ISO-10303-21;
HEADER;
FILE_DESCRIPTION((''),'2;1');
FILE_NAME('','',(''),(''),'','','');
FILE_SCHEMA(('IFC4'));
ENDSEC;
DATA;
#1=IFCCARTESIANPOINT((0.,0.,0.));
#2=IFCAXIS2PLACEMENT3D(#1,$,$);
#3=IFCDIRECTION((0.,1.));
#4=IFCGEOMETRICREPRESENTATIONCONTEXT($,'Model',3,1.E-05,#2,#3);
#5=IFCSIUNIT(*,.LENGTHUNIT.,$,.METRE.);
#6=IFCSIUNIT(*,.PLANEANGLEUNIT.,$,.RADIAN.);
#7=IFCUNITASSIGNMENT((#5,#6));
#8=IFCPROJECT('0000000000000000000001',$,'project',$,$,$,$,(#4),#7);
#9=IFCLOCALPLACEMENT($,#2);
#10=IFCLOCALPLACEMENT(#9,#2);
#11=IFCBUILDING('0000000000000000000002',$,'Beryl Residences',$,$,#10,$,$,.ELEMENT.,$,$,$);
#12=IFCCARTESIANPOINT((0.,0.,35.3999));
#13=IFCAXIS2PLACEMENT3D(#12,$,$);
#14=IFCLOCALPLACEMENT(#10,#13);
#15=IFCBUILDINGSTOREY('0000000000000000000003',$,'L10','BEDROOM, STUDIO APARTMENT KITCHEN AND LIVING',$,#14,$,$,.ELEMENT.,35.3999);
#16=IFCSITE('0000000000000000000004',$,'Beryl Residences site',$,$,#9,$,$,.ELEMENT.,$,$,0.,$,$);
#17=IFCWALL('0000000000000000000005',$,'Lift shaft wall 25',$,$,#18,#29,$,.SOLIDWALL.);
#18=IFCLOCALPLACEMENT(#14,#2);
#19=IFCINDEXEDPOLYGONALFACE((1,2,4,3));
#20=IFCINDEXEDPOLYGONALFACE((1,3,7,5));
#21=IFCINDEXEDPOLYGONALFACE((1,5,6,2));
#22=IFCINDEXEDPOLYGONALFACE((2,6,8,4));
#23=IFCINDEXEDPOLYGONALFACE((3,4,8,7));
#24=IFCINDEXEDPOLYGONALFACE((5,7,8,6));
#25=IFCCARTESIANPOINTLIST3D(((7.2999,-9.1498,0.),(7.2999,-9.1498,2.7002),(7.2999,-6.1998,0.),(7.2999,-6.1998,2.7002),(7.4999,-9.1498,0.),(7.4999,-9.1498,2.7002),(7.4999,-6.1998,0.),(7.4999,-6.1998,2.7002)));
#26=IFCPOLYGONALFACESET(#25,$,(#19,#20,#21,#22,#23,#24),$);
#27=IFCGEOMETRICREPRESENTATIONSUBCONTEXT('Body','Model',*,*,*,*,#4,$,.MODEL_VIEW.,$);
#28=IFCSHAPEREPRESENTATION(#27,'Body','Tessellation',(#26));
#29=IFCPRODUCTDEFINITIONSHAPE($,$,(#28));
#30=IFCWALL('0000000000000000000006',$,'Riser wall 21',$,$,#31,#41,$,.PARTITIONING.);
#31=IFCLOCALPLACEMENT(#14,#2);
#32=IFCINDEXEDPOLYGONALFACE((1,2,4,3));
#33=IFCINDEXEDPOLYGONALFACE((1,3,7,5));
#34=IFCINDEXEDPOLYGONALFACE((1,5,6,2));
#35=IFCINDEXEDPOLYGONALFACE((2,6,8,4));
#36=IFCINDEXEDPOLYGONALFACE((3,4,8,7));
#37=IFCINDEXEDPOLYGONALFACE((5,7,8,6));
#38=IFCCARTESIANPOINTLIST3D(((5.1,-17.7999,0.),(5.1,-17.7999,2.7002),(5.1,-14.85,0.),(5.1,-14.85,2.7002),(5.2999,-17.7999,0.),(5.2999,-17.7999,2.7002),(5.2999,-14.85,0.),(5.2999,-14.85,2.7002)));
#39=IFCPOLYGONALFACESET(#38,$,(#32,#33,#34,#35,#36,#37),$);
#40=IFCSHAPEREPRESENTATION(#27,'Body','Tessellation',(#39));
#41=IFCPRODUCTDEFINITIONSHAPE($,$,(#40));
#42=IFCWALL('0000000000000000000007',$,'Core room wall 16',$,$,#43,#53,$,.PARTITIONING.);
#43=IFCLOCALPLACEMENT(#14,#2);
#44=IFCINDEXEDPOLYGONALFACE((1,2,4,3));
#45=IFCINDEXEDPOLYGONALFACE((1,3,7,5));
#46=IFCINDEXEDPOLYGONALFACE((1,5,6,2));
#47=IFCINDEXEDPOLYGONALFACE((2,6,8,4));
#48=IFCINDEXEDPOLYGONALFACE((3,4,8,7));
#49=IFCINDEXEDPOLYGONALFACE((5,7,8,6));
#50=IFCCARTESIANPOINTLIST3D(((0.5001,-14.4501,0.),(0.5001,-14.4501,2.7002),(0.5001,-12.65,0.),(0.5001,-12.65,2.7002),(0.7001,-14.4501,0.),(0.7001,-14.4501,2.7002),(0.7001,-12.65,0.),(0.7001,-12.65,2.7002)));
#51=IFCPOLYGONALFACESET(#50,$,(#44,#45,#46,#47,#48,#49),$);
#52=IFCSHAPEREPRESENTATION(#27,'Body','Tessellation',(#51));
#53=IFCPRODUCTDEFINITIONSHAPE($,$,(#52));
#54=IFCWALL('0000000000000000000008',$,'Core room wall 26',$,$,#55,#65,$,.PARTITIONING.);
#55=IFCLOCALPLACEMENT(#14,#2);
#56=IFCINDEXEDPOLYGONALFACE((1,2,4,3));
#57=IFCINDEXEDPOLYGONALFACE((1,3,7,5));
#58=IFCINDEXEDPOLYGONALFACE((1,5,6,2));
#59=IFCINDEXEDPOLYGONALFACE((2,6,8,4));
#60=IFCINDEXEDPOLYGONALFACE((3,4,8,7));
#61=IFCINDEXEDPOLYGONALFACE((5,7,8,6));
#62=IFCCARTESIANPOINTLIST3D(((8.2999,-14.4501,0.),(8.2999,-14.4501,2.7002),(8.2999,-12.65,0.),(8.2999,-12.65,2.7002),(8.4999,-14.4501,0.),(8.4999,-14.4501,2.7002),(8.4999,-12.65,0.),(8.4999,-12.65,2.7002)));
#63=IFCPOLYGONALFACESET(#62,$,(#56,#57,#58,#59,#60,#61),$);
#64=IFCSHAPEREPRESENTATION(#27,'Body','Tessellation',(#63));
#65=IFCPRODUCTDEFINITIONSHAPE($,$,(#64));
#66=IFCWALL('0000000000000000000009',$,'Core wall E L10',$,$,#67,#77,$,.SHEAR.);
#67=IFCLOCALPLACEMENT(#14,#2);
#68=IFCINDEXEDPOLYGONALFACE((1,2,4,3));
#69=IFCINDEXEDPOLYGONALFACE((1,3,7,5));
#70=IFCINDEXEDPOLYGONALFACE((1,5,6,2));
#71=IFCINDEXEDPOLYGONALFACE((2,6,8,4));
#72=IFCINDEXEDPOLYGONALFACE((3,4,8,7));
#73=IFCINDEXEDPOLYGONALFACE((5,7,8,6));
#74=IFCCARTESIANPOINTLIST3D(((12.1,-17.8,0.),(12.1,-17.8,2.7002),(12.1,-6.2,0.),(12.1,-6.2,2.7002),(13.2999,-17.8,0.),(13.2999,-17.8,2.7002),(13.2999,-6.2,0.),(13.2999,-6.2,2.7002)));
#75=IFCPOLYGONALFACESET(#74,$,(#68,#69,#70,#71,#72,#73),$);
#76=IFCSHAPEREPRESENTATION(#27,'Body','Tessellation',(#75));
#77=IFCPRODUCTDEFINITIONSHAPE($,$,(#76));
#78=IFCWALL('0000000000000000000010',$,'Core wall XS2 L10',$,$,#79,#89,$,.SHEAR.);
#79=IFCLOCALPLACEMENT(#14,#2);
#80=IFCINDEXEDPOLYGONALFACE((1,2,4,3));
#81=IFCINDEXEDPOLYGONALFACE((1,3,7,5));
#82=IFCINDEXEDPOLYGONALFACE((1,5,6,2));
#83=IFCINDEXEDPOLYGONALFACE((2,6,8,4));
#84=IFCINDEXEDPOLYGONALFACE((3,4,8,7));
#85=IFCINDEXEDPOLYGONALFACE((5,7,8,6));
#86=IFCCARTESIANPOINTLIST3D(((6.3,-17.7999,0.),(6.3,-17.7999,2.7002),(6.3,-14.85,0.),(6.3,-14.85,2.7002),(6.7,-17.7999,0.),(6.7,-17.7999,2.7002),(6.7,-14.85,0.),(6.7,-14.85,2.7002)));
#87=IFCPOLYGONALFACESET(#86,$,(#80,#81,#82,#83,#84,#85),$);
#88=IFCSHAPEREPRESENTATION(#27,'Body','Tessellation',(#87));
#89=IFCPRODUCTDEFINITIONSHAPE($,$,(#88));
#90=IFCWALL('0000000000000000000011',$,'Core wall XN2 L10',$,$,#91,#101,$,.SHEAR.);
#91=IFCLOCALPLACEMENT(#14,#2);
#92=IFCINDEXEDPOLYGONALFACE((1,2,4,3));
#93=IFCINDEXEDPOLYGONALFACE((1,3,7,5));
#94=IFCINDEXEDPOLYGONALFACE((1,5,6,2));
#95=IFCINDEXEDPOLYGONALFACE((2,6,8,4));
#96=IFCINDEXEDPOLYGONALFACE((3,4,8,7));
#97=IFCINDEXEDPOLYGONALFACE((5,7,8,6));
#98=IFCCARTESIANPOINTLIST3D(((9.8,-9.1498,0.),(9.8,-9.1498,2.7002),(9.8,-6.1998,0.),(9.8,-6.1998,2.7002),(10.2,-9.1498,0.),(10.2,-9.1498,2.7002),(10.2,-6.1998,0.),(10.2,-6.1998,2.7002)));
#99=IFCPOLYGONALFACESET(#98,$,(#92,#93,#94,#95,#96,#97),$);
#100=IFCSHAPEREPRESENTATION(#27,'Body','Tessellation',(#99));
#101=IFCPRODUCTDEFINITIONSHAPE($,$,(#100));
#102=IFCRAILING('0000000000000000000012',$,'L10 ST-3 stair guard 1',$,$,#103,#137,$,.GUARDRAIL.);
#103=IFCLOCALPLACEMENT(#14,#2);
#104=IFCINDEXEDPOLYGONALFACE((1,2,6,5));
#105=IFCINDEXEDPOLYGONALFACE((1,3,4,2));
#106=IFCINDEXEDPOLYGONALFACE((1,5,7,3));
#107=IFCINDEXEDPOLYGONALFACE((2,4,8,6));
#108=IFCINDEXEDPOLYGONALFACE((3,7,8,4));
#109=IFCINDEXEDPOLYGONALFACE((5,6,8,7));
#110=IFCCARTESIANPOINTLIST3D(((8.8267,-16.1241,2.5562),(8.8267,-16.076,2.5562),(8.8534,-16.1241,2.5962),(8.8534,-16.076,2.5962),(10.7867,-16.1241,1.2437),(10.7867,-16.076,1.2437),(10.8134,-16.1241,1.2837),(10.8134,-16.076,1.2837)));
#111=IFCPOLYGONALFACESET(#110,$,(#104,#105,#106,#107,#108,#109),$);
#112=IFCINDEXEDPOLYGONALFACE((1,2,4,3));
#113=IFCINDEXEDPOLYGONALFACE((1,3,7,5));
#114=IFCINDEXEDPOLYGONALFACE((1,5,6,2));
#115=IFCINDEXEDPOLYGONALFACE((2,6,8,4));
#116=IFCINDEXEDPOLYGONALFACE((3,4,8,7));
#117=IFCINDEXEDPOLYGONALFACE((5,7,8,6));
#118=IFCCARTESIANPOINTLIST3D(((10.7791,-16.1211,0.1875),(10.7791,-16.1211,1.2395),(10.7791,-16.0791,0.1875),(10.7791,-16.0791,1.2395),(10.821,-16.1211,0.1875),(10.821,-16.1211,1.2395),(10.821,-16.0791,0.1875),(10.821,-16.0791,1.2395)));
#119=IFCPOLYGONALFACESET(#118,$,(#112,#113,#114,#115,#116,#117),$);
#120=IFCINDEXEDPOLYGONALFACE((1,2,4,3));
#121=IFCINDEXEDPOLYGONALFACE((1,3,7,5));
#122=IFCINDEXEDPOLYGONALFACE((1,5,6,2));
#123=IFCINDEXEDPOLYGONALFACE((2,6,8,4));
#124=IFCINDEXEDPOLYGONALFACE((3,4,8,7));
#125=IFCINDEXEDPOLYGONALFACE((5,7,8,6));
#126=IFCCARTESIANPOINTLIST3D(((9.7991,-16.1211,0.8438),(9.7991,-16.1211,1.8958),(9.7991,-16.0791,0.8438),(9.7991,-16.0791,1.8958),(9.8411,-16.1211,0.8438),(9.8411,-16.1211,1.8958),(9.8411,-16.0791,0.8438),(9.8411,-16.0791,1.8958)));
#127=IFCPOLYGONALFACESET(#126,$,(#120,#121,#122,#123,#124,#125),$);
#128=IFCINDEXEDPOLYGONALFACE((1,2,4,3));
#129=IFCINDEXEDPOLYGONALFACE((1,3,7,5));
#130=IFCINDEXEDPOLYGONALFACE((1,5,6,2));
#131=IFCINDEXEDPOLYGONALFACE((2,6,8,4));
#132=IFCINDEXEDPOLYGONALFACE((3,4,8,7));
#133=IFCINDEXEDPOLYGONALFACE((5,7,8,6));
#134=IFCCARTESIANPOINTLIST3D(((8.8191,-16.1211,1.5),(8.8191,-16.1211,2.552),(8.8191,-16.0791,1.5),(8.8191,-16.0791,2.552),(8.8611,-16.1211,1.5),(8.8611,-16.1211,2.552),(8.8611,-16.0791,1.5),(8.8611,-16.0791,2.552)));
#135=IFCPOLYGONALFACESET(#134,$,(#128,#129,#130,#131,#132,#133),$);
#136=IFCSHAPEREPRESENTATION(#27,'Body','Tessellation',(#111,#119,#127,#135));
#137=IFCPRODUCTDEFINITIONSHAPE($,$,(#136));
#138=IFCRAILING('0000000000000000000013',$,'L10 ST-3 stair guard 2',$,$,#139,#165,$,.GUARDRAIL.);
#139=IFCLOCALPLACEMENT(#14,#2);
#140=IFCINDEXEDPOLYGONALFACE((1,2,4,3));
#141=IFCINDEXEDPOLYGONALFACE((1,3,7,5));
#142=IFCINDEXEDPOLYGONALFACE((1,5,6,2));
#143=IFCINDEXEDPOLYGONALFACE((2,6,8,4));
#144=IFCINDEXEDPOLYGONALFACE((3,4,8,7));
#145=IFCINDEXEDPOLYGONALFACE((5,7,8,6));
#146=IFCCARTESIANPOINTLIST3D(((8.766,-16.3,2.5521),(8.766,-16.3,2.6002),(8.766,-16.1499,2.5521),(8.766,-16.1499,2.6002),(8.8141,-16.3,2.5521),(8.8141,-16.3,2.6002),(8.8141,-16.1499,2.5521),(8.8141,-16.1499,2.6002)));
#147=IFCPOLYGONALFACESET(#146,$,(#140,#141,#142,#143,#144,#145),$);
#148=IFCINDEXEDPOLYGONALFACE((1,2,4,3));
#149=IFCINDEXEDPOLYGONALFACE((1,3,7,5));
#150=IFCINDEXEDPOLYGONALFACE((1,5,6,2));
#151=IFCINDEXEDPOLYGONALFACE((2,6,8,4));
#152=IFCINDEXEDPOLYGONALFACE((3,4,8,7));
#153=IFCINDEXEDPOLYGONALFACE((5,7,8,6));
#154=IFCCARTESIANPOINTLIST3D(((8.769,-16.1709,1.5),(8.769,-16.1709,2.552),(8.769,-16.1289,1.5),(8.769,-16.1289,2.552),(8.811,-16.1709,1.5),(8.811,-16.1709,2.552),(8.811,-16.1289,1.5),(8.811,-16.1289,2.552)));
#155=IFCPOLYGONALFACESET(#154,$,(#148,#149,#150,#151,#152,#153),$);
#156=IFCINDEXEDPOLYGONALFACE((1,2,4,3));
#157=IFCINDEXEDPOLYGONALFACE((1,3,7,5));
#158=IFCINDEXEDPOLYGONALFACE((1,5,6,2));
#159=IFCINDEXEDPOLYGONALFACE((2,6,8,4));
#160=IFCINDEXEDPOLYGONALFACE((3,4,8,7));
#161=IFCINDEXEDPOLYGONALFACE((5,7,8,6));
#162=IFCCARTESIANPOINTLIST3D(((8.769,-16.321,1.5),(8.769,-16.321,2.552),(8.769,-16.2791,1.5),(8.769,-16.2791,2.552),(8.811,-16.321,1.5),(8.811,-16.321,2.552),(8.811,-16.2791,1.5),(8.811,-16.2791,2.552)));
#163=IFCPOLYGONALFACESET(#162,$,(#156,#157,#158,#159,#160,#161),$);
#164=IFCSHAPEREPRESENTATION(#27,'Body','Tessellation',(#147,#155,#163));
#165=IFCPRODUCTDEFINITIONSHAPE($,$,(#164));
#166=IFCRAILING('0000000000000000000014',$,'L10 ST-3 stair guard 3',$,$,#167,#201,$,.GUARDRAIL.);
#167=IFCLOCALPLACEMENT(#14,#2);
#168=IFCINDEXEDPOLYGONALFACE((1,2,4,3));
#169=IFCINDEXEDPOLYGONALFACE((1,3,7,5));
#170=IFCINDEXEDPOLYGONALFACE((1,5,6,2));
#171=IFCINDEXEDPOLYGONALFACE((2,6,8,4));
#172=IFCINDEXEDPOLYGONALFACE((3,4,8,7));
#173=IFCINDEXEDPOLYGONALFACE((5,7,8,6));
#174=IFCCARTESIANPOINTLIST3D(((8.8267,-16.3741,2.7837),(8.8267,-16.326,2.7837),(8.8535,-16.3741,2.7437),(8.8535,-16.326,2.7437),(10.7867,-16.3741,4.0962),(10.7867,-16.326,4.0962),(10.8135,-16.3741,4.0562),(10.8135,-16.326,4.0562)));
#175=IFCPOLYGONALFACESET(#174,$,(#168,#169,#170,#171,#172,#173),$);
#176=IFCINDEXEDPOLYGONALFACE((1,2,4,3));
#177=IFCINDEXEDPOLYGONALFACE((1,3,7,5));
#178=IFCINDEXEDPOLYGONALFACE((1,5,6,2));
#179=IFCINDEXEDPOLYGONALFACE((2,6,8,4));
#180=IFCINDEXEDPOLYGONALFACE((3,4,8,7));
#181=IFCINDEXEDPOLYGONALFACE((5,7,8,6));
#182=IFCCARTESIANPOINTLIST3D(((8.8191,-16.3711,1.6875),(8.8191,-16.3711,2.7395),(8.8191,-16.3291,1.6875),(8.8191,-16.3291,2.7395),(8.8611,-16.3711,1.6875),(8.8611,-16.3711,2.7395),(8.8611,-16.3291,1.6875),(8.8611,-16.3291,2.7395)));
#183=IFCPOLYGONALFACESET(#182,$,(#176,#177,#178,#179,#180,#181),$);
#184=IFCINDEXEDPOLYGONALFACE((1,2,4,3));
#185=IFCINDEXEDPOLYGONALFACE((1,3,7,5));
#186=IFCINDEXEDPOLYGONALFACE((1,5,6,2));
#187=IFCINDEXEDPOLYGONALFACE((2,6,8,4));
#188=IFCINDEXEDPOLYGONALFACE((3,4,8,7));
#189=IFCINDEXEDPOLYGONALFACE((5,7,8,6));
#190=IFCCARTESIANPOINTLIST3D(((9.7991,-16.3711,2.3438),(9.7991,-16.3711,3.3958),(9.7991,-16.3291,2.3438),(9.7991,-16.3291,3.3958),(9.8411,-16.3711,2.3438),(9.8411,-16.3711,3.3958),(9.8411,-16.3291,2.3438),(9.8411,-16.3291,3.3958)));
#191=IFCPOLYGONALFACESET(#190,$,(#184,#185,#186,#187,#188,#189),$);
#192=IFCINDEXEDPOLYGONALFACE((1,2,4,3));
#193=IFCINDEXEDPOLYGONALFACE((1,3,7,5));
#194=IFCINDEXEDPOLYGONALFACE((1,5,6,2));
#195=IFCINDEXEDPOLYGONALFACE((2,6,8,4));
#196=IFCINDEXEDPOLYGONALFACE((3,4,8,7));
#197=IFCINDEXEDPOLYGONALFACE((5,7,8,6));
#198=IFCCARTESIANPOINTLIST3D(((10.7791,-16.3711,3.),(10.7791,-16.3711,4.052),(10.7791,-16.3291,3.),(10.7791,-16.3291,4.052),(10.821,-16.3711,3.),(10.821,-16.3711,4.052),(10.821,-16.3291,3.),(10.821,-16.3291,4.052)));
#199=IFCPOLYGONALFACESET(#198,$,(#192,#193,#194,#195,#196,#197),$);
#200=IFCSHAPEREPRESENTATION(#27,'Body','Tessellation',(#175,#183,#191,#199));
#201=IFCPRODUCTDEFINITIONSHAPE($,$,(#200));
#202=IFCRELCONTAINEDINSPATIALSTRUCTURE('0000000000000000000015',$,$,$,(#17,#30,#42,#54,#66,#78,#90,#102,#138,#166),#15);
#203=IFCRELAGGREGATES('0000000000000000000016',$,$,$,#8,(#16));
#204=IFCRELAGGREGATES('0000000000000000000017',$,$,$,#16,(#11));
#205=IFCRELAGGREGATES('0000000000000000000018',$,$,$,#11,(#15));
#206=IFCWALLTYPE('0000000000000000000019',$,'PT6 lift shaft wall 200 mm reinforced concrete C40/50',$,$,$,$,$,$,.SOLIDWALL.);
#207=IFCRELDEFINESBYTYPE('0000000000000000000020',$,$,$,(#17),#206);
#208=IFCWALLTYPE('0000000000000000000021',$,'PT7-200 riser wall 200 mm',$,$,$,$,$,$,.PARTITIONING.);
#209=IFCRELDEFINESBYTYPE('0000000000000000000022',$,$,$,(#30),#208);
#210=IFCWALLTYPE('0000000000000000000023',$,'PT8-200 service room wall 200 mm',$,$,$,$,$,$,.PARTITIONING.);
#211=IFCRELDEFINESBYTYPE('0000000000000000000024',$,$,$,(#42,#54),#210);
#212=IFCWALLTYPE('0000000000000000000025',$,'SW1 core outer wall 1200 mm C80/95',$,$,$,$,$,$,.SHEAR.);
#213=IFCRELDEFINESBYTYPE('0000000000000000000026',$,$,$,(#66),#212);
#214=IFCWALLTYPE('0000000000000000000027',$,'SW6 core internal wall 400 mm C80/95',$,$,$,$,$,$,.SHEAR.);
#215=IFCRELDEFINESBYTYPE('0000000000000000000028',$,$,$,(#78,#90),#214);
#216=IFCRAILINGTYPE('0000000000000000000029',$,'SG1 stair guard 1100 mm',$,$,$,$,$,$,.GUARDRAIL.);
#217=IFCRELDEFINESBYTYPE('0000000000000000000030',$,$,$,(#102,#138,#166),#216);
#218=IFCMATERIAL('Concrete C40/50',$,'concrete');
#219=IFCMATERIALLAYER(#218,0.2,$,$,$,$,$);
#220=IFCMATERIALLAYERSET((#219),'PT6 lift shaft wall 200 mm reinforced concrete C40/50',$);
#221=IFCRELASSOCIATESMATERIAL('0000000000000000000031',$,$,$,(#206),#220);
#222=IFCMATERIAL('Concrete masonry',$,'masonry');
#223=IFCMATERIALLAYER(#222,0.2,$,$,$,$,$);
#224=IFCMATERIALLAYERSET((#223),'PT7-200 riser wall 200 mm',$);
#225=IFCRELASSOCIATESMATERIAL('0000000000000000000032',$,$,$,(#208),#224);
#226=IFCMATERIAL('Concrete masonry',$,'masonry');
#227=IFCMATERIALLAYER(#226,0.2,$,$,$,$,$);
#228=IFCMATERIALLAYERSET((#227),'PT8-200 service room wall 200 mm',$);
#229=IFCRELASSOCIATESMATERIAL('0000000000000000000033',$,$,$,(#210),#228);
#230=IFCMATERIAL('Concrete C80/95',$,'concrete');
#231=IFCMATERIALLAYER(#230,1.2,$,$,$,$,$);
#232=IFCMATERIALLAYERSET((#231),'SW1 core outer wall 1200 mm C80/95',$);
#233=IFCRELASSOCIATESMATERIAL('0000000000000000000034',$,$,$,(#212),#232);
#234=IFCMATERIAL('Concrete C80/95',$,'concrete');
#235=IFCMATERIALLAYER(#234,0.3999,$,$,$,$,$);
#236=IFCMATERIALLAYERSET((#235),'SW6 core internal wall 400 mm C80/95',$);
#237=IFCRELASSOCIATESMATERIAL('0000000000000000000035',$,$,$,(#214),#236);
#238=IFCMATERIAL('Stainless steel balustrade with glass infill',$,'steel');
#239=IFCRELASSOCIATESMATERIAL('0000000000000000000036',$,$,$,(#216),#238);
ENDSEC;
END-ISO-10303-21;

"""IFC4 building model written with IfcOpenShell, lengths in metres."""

from ifc_helpers import new_model, si_unit, direction, frame, frame_2d, origin, origin_2d, place, context, subcontext, project, spatial, rectangle, extrude, material, layer, layer_set, type_object, element, save


model = new_model("IFC4")

# Units and contexts
model_context = context("Model", 3, precision=1e-05, world=origin(), true_north=direction((0.0, 1.0)))
body_context = subcontext(model_context, "Body", "Model", "MODEL_VIEW")
ifc_project = project(units=[si_unit("LENGTHUNIT", "METRE"), si_unit("PLANEANGLEUNIT", "RADIAN")], contexts=[model_context])

# Site, building, storey
site_placement = place(None, origin())
site = spatial("IfcSite", under=ifc_project, at=site_placement, Name="Beryl Residences site", CompositionType="ELEMENT", RefElevation=0.0)
building_placement = place(site_placement, origin())
building = spatial("IfcBuilding", under=site, at=building_placement, Name="Beryl Residences", CompositionType="ELEMENT")
storey_placement = place(building_placement, frame((0.0, 0.0, 35.3999)))
storey = spatial("IfcBuildingStorey", under=building, at=storey_placement, Name="L10", Description="BEDROOM, STUDIO APARTMENT KITCHEN AND LIVING", CompositionType="ELEMENT", Elevation=35.3999)

# Walls
ifc_material_1 = material(Name="Concrete C40/50", Category="concrete")
ifc_layer_1 = layer(ifc_material_1, 0.2)
ifc_layer_set_1 = layer_set([ifc_layer_1], Name="PT6 lift shaft wall 200 mm reinforced concrete C40/50")
wall_type_1 = type_object("IfcWallType", Name="PT6 lift shaft wall 200 mm reinforced concrete C40/50", PredefinedType="SOLIDWALL", material=ifc_layer_set_1)
for number, where, z_axis, x_axis, name in (
    (1, (7.3999, -9.1499, 0.0), (0.0, 0.0, 1.0), (0.0, 1.0, 0.0), "Lift shaft wall 25"),
):
    element("IfcWall", number, at=place(storey_placement, frame(where, z_axis=z_axis, x_axis=x_axis)), inside=storey, type_object=wall_type_1, Name=name, PredefinedType="SOLIDWALL", context=body_context, shape_type="SweptSolid", body=[
        extrude(rectangle(XDim=2.95, YDim=0.2, at=frame_2d((1.4751, 0.0))), origin(), (0.0, 0.0, 1.0), 2.7002),
    ])
ifc_material_2 = material(Name="Concrete masonry", Category="masonry")
ifc_layer_2 = layer(ifc_material_2, 0.2)
ifc_layer_set_2 = layer_set([ifc_layer_2], Name="PT7-200 riser wall 200 mm")
wall_type_2 = type_object("IfcWallType", Name="PT7-200 riser wall 200 mm", PredefinedType="PARTITIONING", material=ifc_layer_set_2)
wall_1_placement = place(storey_placement, frame((5.2, -17.8, 0.0), z_axis=(0.0, 0.0, 1.0), x_axis=(0.0, 1.0, 0.0)))
element("IfcWall", 2, at=wall_1_placement, inside=storey, type_object=wall_type_2, Name="Riser wall 21", PredefinedType="PARTITIONING", context=body_context, shape_type="SweptSolid", body=[
    extrude(rectangle(XDim=2.95, YDim=0.2, at=frame_2d((1.4751, 0.0))), origin(), (0.0, 0.0, 1.0), 2.7002),
])
ifc_material_3 = material(Name="Concrete masonry", Category="masonry")
ifc_layer_3 = layer(ifc_material_3, 0.2)
ifc_layer_set_3 = layer_set([ifc_layer_3], Name="PT8-200 service room wall 200 mm")
wall_type_3 = type_object("IfcWallType", Name="PT8-200 service room wall 200 mm", PredefinedType="PARTITIONING", material=ifc_layer_set_3)
for number, where, z_axis, x_axis, name in (
    (3, (0.6001, -14.45, 0.0), (0.0, 0.0, 1.0), (0.0, 1.0, 0.0), "Core room wall 16"),
    (4, (8.3999, -14.45, 0.0), (0.0, 0.0, 1.0), (0.0, 1.0, 0.0), "Core room wall 26"),
):
    element("IfcWall", number, at=place(storey_placement, frame(where, z_axis=z_axis, x_axis=x_axis)), inside=storey, type_object=wall_type_3, Name=name, PredefinedType="PARTITIONING", context=body_context, shape_type="SweptSolid", body=[
        extrude(rectangle(XDim=1.8, YDim=0.2, at=frame_2d((0.8999, 0.0))), origin(), (0.0, 0.0, 1.0), 2.7002),
    ])
ifc_material_4 = material(Name="Concrete C80/95", Category="concrete")
ifc_layer_4 = layer(ifc_material_4, 1.2)
ifc_layer_set_4 = layer_set([ifc_layer_4], Name="SW1 core outer wall 1200 mm C80/95")
wall_type_4 = type_object("IfcWallType", Name="SW1 core outer wall 1200 mm C80/95", PredefinedType="SHEAR", material=ifc_layer_set_4)
wall_2_placement = place(storey_placement, frame((12.7, -17.8, 0.0), z_axis=(0.0, 0.0, 1.0), x_axis=(0.0, 1.0, 0.0)))
element("IfcWall", 5, at=wall_2_placement, inside=storey, type_object=wall_type_4, Name="Core wall E L10", PredefinedType="SHEAR", context=body_context, shape_type="SweptSolid", body=[
    extrude(rectangle(XDim=11.6001, YDim=1.2, at=frame_2d((5.8, 0.0))), origin(), (0.0, 0.0, 1.0), 2.7002),
])
ifc_material_5 = material(Name="Concrete C80/95", Category="concrete")
ifc_layer_5 = layer(ifc_material_5, 0.3999)
ifc_layer_set_5 = layer_set([ifc_layer_5], Name="SW6 core internal wall 400 mm C80/95")
wall_type_5 = type_object("IfcWallType", Name="SW6 core internal wall 400 mm C80/95", PredefinedType="SHEAR", material=ifc_layer_set_5)
for number, where, z_axis, x_axis, name in (
    (6, (6.5, -17.8, 0.0), (0.0, 0.0, 1.0), (0.0, 1.0, 0.0), "Core wall XS2 L10"),
    (7, (10.0, -9.1499, 0.0), (0.0, 0.0, 1.0), (0.0, 1.0, 0.0), "Core wall XN2 L10"),
):
    element("IfcWall", number, at=place(storey_placement, frame(where, z_axis=z_axis, x_axis=x_axis)), inside=storey, type_object=wall_type_5, Name=name, PredefinedType="SHEAR", context=body_context, shape_type="SweptSolid", body=[
        extrude(rectangle(XDim=2.95, YDim=0.3999, at=frame_2d((1.4751, 0.0))), origin(), (0.0, 0.0, 1.0), 2.7002),
    ])

# Railings
ifc_material_6 = material(Name="Stainless steel balustrade with glass infill", Category="steel")
railing_type_1 = type_object("IfcRailingType", Name="SG1 stair guard 1100 mm", PredefinedType="GUARDRAIL", material=ifc_material_6)
railing_1_placement = place(storey_placement, frame((10.8, -16.1001, 0.1875)))
element("IfcRailing", 8, at=railing_1_placement, inside=storey, type_object=railing_type_1, Name="L10 ST-3 stair guard 1", PredefinedType="GUARDRAIL", context=body_context, shape_type="SweptSolid", body=[
    extrude(rectangle(XDim=0.0481, YDim=0.0481, at=origin_2d()), frame((0.0, 0.0, 1.0762), z_axis=(-0.830902, 0.0, 0.556419), x_axis=(0.0, -1.0, 0.0)), (0.0, 0.0, 1.0), 2.3589),
    extrude(rectangle(XDim=0.042, YDim=0.042, at=origin_2d()), origin(), (0.0, 0.0, 1.0), 1.052),
    extrude(rectangle(XDim=0.042, YDim=0.042, at=origin_2d()), frame((-0.98, 0.0, 0.6562)), (0.0, 0.0, 1.0), 1.052),
    extrude(rectangle(XDim=0.042, YDim=0.042, at=origin_2d()), frame((-1.96, 0.0, 1.3125)), (0.0, 0.0, 1.0), 1.052),
])
railing_2_placement = place(storey_placement, frame((8.79, -16.1499, 1.5)))
element("IfcRailing", 9, at=railing_2_placement, inside=storey, type_object=railing_type_1, Name="L10 ST-3 stair guard 2", PredefinedType="GUARDRAIL", context=body_context, shape_type="SweptSolid", body=[
    extrude(rectangle(XDim=0.0481, YDim=0.0481, at=origin_2d()), frame((0.0, 0.0, 1.0762), z_axis=(0.0, -1.0, 0.0), x_axis=(1.0, 0.0, 0.0)), (0.0, 0.0, 1.0), 0.1501),
    extrude(rectangle(XDim=0.042, YDim=0.042, at=origin_2d()), origin(), (0.0, 0.0, 1.0), 1.052),
    extrude(rectangle(XDim=0.042, YDim=0.042, at=origin_2d()), frame((0.0, -0.1501, 0.0)), (0.0, 0.0, 1.0), 1.052),
])
railing_3_placement = place(storey_placement, frame((8.8401, -16.3501, 1.6875)))
element("IfcRailing", 10, at=railing_3_placement, inside=storey, type_object=railing_type_1, Name="L10 ST-3 stair guard 3", PredefinedType="GUARDRAIL", context=body_context, shape_type="SweptSolid", body=[
    extrude(rectangle(XDim=0.0481, YDim=0.0481, at=origin_2d()), frame((0.0, 0.0, 1.0762), z_axis=(0.830902, 0.0, 0.556419), x_axis=(0.0, 1.0, 0.0)), (0.0, 0.0, 1.0), 2.3589),
    extrude(rectangle(XDim=0.042, YDim=0.042, at=origin_2d()), origin(), (0.0, 0.0, 1.0), 1.052),
    extrude(rectangle(XDim=0.042, YDim=0.042, at=origin_2d()), frame((0.98, 0.0, 0.6562)), (0.0, 0.0, 1.0), 1.052),
    extrude(rectangle(XDim=0.042, YDim=0.042, at=origin_2d()), frame((1.96, 0.0, 1.3125)), (0.0, 0.0, 1.0), 1.052),
])

save(model, "model.ifc")
